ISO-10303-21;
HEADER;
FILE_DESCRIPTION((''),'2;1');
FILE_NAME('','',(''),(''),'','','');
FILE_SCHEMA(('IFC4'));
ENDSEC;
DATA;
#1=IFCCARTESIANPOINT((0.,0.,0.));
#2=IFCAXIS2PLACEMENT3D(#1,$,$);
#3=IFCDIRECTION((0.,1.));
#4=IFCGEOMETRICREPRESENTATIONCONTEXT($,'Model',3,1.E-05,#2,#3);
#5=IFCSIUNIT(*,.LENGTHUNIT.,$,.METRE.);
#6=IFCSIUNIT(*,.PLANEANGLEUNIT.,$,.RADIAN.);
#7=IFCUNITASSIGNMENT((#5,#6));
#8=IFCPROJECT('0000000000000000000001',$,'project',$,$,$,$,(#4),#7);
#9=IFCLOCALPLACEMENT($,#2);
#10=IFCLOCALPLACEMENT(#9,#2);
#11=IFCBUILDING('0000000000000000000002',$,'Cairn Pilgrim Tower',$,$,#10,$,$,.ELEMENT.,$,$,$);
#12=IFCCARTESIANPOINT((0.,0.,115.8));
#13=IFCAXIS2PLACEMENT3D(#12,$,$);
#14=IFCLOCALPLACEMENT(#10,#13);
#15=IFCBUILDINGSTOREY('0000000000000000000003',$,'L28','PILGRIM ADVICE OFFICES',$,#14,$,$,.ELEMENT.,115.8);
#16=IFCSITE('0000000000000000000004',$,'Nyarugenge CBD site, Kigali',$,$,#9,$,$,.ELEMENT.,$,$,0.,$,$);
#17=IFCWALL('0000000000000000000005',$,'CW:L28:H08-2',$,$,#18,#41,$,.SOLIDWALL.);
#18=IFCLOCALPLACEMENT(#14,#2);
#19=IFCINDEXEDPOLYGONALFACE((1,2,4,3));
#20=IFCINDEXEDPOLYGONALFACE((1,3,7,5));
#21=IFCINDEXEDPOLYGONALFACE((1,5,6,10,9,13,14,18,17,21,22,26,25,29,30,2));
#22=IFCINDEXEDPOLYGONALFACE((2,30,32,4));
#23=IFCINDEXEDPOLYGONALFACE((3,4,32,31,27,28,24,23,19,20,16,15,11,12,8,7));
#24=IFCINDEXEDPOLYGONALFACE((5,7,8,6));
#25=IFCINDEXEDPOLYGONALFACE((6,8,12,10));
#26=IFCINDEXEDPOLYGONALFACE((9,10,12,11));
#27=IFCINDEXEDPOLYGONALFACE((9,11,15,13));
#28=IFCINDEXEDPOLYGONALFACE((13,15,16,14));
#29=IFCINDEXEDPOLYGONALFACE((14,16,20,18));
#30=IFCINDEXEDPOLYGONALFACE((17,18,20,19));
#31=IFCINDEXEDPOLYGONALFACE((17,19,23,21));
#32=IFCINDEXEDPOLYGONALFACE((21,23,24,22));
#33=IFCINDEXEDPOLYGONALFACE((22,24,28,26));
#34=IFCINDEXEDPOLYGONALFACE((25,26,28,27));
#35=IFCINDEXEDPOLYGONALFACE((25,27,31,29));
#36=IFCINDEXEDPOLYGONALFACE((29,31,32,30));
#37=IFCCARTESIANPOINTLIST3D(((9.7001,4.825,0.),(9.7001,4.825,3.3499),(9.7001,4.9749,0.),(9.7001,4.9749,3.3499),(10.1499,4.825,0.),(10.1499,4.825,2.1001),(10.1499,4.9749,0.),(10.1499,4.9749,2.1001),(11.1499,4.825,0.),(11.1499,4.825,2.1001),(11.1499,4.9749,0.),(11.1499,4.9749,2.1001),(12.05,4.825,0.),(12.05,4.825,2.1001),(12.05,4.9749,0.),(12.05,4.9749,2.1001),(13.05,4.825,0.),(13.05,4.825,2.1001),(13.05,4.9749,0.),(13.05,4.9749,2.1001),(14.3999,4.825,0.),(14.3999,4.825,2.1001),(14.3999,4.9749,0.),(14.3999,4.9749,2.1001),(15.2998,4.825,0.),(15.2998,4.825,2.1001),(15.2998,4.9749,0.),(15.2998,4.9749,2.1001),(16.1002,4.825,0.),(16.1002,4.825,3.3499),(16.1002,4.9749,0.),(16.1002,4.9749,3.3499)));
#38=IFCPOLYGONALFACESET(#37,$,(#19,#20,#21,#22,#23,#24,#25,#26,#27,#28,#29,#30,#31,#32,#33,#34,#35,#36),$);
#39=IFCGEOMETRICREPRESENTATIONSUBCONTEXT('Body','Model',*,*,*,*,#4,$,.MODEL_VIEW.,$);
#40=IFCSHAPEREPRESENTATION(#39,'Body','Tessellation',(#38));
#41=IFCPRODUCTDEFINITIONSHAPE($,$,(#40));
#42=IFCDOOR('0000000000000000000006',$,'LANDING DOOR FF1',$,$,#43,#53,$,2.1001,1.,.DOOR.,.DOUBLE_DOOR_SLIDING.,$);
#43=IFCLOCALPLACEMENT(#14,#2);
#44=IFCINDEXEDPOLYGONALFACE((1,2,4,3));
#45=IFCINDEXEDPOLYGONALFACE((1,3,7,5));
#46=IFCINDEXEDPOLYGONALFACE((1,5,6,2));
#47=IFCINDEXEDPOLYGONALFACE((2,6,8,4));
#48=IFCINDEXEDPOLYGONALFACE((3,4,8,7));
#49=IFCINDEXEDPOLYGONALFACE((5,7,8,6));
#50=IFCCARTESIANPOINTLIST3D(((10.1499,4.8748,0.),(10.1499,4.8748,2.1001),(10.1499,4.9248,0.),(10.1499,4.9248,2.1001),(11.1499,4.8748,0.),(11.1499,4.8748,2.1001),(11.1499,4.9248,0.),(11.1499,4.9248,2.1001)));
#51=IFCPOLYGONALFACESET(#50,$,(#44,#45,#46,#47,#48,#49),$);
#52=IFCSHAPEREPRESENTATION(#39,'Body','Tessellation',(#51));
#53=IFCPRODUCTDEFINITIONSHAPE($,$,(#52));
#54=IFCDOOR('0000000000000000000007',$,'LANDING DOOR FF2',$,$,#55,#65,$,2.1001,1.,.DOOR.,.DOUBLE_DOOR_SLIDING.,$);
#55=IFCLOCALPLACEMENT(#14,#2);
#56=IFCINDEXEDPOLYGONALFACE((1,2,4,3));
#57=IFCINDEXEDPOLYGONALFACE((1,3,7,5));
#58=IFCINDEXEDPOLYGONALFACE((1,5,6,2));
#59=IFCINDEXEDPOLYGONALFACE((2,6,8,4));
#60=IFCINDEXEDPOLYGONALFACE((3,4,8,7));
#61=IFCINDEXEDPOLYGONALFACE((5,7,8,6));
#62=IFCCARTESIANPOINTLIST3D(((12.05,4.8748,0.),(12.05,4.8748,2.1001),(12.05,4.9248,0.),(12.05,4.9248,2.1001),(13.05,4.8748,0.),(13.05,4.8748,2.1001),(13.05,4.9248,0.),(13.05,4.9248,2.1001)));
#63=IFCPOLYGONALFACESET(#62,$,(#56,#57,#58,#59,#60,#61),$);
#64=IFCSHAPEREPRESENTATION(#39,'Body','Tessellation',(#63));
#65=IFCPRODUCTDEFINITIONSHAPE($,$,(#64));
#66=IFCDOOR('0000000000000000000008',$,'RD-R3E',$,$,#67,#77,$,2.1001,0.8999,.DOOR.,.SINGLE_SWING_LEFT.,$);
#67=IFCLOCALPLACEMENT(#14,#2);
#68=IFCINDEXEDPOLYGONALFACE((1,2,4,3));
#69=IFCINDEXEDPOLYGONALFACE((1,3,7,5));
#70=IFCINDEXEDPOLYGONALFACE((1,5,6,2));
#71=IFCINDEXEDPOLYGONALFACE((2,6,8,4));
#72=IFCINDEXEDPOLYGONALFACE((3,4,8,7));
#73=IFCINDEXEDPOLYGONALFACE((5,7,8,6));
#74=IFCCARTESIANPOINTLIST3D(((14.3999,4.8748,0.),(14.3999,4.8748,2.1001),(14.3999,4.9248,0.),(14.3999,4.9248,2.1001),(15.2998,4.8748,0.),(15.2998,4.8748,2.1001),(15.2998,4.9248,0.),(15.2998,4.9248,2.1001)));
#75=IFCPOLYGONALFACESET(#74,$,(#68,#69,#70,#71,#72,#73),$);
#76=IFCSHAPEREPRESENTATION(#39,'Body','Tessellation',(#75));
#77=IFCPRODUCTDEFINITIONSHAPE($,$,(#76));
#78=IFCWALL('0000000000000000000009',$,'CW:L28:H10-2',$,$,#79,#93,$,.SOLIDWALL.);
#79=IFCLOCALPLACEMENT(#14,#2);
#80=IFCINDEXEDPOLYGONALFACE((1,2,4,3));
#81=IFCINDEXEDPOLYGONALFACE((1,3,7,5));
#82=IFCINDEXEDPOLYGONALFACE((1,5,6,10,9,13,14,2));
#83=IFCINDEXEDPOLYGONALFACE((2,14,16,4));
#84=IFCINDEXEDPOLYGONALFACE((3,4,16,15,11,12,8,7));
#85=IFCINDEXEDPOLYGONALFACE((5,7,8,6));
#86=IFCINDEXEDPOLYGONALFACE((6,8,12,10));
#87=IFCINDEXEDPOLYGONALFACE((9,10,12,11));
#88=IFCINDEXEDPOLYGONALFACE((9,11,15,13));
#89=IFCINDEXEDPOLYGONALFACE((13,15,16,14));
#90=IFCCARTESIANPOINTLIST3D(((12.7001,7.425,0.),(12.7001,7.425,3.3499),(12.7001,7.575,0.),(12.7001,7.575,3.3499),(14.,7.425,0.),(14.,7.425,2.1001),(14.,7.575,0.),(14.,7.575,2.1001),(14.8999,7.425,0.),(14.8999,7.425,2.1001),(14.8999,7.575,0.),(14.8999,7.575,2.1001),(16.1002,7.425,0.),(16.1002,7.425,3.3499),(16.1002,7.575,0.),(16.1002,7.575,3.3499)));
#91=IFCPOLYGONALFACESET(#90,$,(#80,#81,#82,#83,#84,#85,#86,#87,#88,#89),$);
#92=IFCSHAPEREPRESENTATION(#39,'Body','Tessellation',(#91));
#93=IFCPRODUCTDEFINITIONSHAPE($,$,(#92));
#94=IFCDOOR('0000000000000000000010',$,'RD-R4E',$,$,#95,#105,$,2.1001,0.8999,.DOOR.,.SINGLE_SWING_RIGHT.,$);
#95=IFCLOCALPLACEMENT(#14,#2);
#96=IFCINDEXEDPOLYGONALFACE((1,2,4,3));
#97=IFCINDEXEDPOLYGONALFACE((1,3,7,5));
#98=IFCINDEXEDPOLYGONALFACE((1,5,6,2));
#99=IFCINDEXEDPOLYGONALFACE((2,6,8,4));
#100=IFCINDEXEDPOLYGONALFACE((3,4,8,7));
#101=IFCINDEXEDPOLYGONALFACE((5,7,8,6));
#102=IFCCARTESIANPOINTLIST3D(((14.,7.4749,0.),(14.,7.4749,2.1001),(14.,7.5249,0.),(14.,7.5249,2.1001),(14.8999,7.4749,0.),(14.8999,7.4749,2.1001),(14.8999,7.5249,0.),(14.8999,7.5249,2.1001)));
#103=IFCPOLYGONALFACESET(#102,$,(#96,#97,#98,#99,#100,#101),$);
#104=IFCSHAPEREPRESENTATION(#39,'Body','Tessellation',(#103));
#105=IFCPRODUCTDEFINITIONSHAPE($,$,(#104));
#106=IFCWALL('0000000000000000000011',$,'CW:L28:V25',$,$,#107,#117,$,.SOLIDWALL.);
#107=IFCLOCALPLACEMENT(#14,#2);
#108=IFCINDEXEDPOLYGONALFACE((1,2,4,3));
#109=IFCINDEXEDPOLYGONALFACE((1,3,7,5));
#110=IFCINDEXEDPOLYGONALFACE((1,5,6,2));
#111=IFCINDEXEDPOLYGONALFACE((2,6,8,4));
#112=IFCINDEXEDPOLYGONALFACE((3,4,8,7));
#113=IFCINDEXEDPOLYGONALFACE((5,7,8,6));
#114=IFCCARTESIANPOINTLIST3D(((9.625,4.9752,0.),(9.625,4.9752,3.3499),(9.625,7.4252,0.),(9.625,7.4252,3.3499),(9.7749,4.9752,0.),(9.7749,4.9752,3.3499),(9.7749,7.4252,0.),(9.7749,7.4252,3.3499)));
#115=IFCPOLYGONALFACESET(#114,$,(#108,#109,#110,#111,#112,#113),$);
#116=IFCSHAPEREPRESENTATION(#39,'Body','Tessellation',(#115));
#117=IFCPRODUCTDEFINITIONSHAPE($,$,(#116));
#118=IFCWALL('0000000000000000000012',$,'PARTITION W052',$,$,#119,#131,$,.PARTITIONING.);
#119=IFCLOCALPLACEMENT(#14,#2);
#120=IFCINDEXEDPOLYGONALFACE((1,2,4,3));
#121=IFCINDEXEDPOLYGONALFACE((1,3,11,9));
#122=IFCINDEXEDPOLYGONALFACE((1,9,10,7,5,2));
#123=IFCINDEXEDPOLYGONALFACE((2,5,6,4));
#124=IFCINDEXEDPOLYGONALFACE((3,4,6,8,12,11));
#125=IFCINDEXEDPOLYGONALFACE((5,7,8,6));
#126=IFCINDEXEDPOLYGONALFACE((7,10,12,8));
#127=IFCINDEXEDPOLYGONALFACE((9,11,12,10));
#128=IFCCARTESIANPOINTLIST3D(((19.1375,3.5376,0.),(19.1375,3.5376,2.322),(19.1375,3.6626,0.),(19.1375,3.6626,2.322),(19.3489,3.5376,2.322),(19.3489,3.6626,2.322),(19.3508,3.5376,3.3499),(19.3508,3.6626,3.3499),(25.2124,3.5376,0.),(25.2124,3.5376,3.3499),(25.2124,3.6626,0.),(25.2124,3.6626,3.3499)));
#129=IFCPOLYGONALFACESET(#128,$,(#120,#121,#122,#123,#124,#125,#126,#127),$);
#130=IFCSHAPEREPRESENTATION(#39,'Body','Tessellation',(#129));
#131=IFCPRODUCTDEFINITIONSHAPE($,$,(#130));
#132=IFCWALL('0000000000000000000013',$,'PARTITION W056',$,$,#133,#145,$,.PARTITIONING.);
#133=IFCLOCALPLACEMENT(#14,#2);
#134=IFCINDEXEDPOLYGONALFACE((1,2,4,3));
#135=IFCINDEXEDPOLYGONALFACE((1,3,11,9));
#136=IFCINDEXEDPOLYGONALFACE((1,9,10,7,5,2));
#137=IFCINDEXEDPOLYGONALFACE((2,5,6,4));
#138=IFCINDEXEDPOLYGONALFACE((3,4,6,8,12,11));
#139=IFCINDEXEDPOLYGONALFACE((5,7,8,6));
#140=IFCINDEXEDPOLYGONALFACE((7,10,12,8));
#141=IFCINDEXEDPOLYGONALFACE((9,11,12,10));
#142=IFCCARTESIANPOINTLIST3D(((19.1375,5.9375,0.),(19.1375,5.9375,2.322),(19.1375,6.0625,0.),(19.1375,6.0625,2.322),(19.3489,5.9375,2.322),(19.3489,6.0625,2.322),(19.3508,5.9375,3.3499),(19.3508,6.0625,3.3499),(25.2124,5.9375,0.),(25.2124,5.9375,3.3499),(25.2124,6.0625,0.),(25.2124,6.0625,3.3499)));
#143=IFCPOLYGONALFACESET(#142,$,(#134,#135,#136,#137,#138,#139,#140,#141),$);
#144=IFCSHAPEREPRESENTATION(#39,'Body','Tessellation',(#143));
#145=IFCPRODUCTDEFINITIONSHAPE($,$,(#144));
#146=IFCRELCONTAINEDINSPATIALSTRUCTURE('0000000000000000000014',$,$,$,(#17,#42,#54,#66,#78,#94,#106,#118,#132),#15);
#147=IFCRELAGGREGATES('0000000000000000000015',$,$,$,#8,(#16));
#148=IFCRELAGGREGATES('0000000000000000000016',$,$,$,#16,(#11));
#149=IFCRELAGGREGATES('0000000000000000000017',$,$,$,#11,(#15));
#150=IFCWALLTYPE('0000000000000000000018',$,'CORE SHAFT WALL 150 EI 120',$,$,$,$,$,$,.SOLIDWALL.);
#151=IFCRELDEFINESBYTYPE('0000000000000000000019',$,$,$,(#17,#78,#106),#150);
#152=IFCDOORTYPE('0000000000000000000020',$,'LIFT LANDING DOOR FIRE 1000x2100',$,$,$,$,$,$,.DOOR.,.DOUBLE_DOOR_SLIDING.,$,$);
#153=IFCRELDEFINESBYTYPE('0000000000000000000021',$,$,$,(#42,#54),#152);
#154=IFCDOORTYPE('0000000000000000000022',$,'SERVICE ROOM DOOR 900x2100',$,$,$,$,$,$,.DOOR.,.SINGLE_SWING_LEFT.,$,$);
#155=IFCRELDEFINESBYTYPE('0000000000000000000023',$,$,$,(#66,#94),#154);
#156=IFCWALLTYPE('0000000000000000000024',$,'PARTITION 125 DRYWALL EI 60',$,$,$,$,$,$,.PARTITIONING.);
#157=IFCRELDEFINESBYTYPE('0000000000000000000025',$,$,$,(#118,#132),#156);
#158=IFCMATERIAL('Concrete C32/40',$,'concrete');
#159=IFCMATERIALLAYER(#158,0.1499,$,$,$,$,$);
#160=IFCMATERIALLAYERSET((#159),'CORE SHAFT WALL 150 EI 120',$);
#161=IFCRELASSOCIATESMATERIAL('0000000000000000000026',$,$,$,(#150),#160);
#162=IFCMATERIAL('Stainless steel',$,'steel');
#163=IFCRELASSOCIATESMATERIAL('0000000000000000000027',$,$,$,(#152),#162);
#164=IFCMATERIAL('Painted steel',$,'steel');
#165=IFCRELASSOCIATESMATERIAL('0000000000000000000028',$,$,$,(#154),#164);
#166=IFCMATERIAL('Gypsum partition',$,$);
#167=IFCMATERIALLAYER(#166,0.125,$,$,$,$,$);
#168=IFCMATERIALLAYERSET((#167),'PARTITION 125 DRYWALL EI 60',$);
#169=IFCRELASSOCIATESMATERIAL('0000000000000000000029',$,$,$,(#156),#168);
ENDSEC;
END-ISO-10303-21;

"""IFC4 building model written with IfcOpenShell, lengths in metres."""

from ifc_helpers import new_model, si_unit, direction, frame, frame_2d, origin, place, context, subcontext, project, spatial, polyline, rectangle, outline, extrude, material, layer, layer_set, type_object, element, fill, save


model = new_model("IFC4")

# Units and contexts
model_context = context("Model", 3, precision=1e-05, world=origin(), true_north=direction((0.0, 1.0)))
body_context = subcontext(model_context, "Body", "Model", "MODEL_VIEW")
ifc_project = project(units=[si_unit("LENGTHUNIT", "METRE"), si_unit("PLANEANGLEUNIT", "RADIAN")], contexts=[model_context])

# Site, building, storey
site_placement = place(None, origin())
site = spatial("IfcSite", under=ifc_project, at=site_placement, Name="Nyarugenge CBD site, Kigali", CompositionType="ELEMENT", RefElevation=0.0)
building_placement = place(site_placement, origin())
building = spatial("IfcBuilding", under=site, at=building_placement, Name="Cairn Pilgrim Tower", CompositionType="ELEMENT")
storey_placement = place(building_placement, frame((0.0, 0.0, 115.8)))
storey = spatial("IfcBuildingStorey", under=building, at=storey_placement, Name="L28", Description="PILGRIM ADVICE OFFICES", CompositionType="ELEMENT", Elevation=115.8)

# Shared definitions
ifc_material_1 = material(Name="Concrete C32/40", Category="concrete")

# Wall, openings, doors
ifc_layer_1 = layer(ifc_material_1, 0.1499)
ifc_layer_set_1 = layer_set([ifc_layer_1], Name="CORE SHAFT WALL 150 EI 120")
wall_type_1 = type_object("IfcWallType", Name="CORE SHAFT WALL 150 EI 120", PredefinedType="SOLIDWALL", material=ifc_layer_set_1)
wall_1_placement = place(storey_placement, frame((9.7, 4.8999, 0.0), z_axis=(0.0, 0.0, 1.0), x_axis=(1.0, 0.0, 0.0)))
wall_1 = element("IfcWall", 1, at=wall_1_placement, inside=storey, type_object=wall_type_1, Name="CW:L28:H08-2", PredefinedType="SOLIDWALL", context=body_context, shape_type="SweptSolid", body=[
    extrude(rectangle(XDim=6.4001, YDim=0.1499, at=frame_2d((3.2002, 0.0))), origin(), (0.0, 0.0, 1.0), 3.3499),
])
opening_1_placement = place(wall_1_placement, frame((0.45, 0.0, 0.0)))
opening_1 = element("IfcOpeningElement", 2, at=opening_1_placement, cuts=wall_1, PredefinedType="OPENING", context=body_context, shape_type="SweptSolid", body=[
    extrude(rectangle(XDim=1.0, YDim=2.1001, at=frame_2d((0.5, 1.05))), frame((0.0, 0.085, 0.0), z_axis=(0.0, -1.0, 0.0), x_axis=(1.0, 0.0, 0.0)), (0.0, 0.0, 1.0), 0.1699),
])
opening_2_placement = place(wall_1_placement, frame((2.3501, 0.0, 0.0)))
opening_2 = element("IfcOpeningElement", 3, at=opening_2_placement, cuts=wall_1, PredefinedType="OPENING", context=body_context, shape_type="SweptSolid", body=[
    extrude(rectangle(XDim=1.0, YDim=2.1001, at=frame_2d((0.5, 1.05))), frame((0.0, 0.085, 0.0), z_axis=(0.0, -1.0, 0.0), x_axis=(1.0, 0.0, 0.0)), (0.0, 0.0, 1.0), 0.1699),
])
opening_3_placement = place(wall_1_placement, frame((4.7, 0.0, 0.0)))
opening_3 = element("IfcOpeningElement", 4, at=opening_3_placement, cuts=wall_1, PredefinedType="OPENING", context=body_context, shape_type="SweptSolid", body=[
    extrude(rectangle(XDim=0.8999, YDim=2.1001, at=frame_2d((0.45, 1.05))), frame((0.0, 0.085, 0.0), z_axis=(0.0, -1.0, 0.0), x_axis=(1.0, 0.0, 0.0)), (0.0, 0.0, 1.0), 0.1699),
])
ifc_material_2 = material(Name="Stainless steel", Category="steel")
door_type_1 = type_object("IfcDoorType", Name="LIFT LANDING DOOR FIRE 1000x2100", OperationType="DOUBLE_DOOR_SLIDING", PredefinedType="DOOR", material=ifc_material_2)
door_1_placement = place(opening_1_placement, origin())
door_1 = element("IfcDoor", 5, at=door_1_placement, inside=storey, type_object=door_type_1, Name="LANDING DOOR FF1", OperationType="DOUBLE_DOOR_SLIDING", OverallHeight=2.1001, OverallWidth=1.0, PredefinedType="DOOR", context=body_context, shape_type="SweptSolid", body=[
    extrude(rectangle(XDim=1.0, YDim=2.1001, at=frame_2d((0.5, 1.05))), frame((0.0, 0.0249, 0.0), z_axis=(0.0, -1.0, 0.0), x_axis=(1.0, 0.0, 0.0)), (0.0, 0.0, 1.0), 0.05),
])
fill(opening_1, door_1)
door_2_placement = place(opening_2_placement, origin())
door_2 = element("IfcDoor", 6, at=door_2_placement, inside=storey, type_object=door_type_1, Name="LANDING DOOR FF2", OperationType="DOUBLE_DOOR_SLIDING", OverallHeight=2.1001, OverallWidth=1.0, PredefinedType="DOOR", context=body_context, shape_type="SweptSolid", body=[
    extrude(rectangle(XDim=1.0, YDim=2.1001, at=frame_2d((0.5, 1.05))), frame((0.0, 0.0249, 0.0), z_axis=(0.0, -1.0, 0.0), x_axis=(1.0, 0.0, 0.0)), (0.0, 0.0, 1.0), 0.05),
])
fill(opening_2, door_2)
ifc_material_3 = material(Name="Painted steel", Category="steel")
door_type_2 = type_object("IfcDoorType", Name="SERVICE ROOM DOOR 900x2100", OperationType="SINGLE_SWING_LEFT", PredefinedType="DOOR", material=ifc_material_3)
door_3_placement = place(opening_3_placement, origin())
door_3 = element("IfcDoor", 7, at=door_3_placement, inside=storey, type_object=door_type_2, Name="RD-R3E", OperationType="SINGLE_SWING_LEFT", OverallHeight=2.1001, OverallWidth=0.8999, PredefinedType="DOOR", context=body_context, shape_type="SweptSolid", body=[
    extrude(rectangle(XDim=0.8999, YDim=2.1001, at=frame_2d((0.45, 1.05))), frame((0.0, 0.0249, 0.0), z_axis=(0.0, -1.0, 0.0), x_axis=(1.0, 0.0, 0.0)), (0.0, 0.0, 1.0), 0.05),
])
fill(opening_3, door_3)

# Wall, opening, door
wall_2_placement = place(storey_placement, frame((12.7, 7.5, 0.0), z_axis=(0.0, 0.0, 1.0), x_axis=(1.0, 0.0, 0.0)))
wall_2 = element("IfcWall", 8, at=wall_2_placement, inside=storey, type_object=wall_type_1, Name="CW:L28:H10-2", PredefinedType="SOLIDWALL", context=body_context, shape_type="SweptSolid", body=[
    extrude(rectangle(XDim=3.4001, YDim=0.1499, at=frame_2d((1.7002, 0.0))), origin(), (0.0, 0.0, 1.0), 3.3499),
])
opening_4_placement = place(wall_2_placement, frame((1.3, 0.0, 0.0)))
opening_4 = element("IfcOpeningElement", 9, at=opening_4_placement, cuts=wall_2, PredefinedType="OPENING", context=body_context, shape_type="SweptSolid", body=[
    extrude(rectangle(XDim=0.8999, YDim=2.1001, at=frame_2d((0.45, 1.05))), frame((0.0, 0.085, 0.0), z_axis=(0.0, -1.0, 0.0), x_axis=(1.0, 0.0, 0.0)), (0.0, 0.0, 1.0), 0.1699),
])
door_4_placement = place(opening_4_placement, origin())
door_4 = element("IfcDoor", 10, at=door_4_placement, inside=storey, type_object=door_type_2, Name="RD-R4E", OperationType="SINGLE_SWING_RIGHT", OverallHeight=2.1001, OverallWidth=0.8999, PredefinedType="DOOR", context=body_context, shape_type="SweptSolid", body=[
    extrude(rectangle(XDim=0.8999, YDim=2.1001, at=frame_2d((0.45, 1.05))), frame((0.0, 0.0249, 0.0), z_axis=(0.0, -1.0, 0.0), x_axis=(1.0, 0.0, 0.0)), (0.0, 0.0, 1.0), 0.05),
])
fill(opening_4, door_4)

# Walls
wall_3_placement = place(storey_placement, frame((9.7, 4.9751, 0.0), z_axis=(0.0, 0.0, 1.0), x_axis=(0.0, 1.0, 0.0)))
element("IfcWall", 11, at=wall_3_placement, inside=storey, type_object=wall_type_1, Name="CW:L28:V25", PredefinedType="SOLIDWALL", context=body_context, shape_type="SweptSolid", body=[
    extrude(rectangle(XDim=2.45, YDim=0.1499, at=frame_2d((1.2251, 0.0))), origin(), (0.0, 0.0, 1.0), 3.3499),
])
ifc_material_4 = material(Name="Gypsum partition")
ifc_layer_2 = layer(ifc_material_4, 0.125)
ifc_layer_set_2 = layer_set([ifc_layer_2], Name="PARTITION 125 DRYWALL EI 60")
wall_type_2 = type_object("IfcWallType", Name="PARTITION 125 DRYWALL EI 60", PredefinedType="PARTITIONING", material=ifc_layer_set_2)
for number, where, z_axis, x_axis, name in (
    (12, (19.1375, 3.6001, 0.0), (0.0, 0.0, 1.0), (1.0, 0.0, 0.0), "PARTITION W052"),
    (13, (19.1375, 6.0, 0.0), (0.0, 0.0, 1.0), (1.0, 0.0, 0.0), "PARTITION W056"),
):
    element("IfcWall", number, at=place(storey_placement, frame(where, z_axis=z_axis, x_axis=x_axis)), inside=storey, type_object=wall_type_2, Name=name, PredefinedType="PARTITIONING", context=body_context, shape_type="SweptSolid", body=[
        extrude(outline(polyline([(0.0, 0.0), (6.075, 0.0), (6.075, 3.3499), (0.2134, 3.3499), (0.2114, 2.322), (0.0, 2.322), (0.0, 0.0)])), frame((0.0, 0.0625, 0.0), z_axis=(0.0, -1.0, 0.0), x_axis=(1.0, 0.0, 0.0)), (0.0, 0.0, 1.0), 0.125),
    ])

save(model, "model.ifc")
